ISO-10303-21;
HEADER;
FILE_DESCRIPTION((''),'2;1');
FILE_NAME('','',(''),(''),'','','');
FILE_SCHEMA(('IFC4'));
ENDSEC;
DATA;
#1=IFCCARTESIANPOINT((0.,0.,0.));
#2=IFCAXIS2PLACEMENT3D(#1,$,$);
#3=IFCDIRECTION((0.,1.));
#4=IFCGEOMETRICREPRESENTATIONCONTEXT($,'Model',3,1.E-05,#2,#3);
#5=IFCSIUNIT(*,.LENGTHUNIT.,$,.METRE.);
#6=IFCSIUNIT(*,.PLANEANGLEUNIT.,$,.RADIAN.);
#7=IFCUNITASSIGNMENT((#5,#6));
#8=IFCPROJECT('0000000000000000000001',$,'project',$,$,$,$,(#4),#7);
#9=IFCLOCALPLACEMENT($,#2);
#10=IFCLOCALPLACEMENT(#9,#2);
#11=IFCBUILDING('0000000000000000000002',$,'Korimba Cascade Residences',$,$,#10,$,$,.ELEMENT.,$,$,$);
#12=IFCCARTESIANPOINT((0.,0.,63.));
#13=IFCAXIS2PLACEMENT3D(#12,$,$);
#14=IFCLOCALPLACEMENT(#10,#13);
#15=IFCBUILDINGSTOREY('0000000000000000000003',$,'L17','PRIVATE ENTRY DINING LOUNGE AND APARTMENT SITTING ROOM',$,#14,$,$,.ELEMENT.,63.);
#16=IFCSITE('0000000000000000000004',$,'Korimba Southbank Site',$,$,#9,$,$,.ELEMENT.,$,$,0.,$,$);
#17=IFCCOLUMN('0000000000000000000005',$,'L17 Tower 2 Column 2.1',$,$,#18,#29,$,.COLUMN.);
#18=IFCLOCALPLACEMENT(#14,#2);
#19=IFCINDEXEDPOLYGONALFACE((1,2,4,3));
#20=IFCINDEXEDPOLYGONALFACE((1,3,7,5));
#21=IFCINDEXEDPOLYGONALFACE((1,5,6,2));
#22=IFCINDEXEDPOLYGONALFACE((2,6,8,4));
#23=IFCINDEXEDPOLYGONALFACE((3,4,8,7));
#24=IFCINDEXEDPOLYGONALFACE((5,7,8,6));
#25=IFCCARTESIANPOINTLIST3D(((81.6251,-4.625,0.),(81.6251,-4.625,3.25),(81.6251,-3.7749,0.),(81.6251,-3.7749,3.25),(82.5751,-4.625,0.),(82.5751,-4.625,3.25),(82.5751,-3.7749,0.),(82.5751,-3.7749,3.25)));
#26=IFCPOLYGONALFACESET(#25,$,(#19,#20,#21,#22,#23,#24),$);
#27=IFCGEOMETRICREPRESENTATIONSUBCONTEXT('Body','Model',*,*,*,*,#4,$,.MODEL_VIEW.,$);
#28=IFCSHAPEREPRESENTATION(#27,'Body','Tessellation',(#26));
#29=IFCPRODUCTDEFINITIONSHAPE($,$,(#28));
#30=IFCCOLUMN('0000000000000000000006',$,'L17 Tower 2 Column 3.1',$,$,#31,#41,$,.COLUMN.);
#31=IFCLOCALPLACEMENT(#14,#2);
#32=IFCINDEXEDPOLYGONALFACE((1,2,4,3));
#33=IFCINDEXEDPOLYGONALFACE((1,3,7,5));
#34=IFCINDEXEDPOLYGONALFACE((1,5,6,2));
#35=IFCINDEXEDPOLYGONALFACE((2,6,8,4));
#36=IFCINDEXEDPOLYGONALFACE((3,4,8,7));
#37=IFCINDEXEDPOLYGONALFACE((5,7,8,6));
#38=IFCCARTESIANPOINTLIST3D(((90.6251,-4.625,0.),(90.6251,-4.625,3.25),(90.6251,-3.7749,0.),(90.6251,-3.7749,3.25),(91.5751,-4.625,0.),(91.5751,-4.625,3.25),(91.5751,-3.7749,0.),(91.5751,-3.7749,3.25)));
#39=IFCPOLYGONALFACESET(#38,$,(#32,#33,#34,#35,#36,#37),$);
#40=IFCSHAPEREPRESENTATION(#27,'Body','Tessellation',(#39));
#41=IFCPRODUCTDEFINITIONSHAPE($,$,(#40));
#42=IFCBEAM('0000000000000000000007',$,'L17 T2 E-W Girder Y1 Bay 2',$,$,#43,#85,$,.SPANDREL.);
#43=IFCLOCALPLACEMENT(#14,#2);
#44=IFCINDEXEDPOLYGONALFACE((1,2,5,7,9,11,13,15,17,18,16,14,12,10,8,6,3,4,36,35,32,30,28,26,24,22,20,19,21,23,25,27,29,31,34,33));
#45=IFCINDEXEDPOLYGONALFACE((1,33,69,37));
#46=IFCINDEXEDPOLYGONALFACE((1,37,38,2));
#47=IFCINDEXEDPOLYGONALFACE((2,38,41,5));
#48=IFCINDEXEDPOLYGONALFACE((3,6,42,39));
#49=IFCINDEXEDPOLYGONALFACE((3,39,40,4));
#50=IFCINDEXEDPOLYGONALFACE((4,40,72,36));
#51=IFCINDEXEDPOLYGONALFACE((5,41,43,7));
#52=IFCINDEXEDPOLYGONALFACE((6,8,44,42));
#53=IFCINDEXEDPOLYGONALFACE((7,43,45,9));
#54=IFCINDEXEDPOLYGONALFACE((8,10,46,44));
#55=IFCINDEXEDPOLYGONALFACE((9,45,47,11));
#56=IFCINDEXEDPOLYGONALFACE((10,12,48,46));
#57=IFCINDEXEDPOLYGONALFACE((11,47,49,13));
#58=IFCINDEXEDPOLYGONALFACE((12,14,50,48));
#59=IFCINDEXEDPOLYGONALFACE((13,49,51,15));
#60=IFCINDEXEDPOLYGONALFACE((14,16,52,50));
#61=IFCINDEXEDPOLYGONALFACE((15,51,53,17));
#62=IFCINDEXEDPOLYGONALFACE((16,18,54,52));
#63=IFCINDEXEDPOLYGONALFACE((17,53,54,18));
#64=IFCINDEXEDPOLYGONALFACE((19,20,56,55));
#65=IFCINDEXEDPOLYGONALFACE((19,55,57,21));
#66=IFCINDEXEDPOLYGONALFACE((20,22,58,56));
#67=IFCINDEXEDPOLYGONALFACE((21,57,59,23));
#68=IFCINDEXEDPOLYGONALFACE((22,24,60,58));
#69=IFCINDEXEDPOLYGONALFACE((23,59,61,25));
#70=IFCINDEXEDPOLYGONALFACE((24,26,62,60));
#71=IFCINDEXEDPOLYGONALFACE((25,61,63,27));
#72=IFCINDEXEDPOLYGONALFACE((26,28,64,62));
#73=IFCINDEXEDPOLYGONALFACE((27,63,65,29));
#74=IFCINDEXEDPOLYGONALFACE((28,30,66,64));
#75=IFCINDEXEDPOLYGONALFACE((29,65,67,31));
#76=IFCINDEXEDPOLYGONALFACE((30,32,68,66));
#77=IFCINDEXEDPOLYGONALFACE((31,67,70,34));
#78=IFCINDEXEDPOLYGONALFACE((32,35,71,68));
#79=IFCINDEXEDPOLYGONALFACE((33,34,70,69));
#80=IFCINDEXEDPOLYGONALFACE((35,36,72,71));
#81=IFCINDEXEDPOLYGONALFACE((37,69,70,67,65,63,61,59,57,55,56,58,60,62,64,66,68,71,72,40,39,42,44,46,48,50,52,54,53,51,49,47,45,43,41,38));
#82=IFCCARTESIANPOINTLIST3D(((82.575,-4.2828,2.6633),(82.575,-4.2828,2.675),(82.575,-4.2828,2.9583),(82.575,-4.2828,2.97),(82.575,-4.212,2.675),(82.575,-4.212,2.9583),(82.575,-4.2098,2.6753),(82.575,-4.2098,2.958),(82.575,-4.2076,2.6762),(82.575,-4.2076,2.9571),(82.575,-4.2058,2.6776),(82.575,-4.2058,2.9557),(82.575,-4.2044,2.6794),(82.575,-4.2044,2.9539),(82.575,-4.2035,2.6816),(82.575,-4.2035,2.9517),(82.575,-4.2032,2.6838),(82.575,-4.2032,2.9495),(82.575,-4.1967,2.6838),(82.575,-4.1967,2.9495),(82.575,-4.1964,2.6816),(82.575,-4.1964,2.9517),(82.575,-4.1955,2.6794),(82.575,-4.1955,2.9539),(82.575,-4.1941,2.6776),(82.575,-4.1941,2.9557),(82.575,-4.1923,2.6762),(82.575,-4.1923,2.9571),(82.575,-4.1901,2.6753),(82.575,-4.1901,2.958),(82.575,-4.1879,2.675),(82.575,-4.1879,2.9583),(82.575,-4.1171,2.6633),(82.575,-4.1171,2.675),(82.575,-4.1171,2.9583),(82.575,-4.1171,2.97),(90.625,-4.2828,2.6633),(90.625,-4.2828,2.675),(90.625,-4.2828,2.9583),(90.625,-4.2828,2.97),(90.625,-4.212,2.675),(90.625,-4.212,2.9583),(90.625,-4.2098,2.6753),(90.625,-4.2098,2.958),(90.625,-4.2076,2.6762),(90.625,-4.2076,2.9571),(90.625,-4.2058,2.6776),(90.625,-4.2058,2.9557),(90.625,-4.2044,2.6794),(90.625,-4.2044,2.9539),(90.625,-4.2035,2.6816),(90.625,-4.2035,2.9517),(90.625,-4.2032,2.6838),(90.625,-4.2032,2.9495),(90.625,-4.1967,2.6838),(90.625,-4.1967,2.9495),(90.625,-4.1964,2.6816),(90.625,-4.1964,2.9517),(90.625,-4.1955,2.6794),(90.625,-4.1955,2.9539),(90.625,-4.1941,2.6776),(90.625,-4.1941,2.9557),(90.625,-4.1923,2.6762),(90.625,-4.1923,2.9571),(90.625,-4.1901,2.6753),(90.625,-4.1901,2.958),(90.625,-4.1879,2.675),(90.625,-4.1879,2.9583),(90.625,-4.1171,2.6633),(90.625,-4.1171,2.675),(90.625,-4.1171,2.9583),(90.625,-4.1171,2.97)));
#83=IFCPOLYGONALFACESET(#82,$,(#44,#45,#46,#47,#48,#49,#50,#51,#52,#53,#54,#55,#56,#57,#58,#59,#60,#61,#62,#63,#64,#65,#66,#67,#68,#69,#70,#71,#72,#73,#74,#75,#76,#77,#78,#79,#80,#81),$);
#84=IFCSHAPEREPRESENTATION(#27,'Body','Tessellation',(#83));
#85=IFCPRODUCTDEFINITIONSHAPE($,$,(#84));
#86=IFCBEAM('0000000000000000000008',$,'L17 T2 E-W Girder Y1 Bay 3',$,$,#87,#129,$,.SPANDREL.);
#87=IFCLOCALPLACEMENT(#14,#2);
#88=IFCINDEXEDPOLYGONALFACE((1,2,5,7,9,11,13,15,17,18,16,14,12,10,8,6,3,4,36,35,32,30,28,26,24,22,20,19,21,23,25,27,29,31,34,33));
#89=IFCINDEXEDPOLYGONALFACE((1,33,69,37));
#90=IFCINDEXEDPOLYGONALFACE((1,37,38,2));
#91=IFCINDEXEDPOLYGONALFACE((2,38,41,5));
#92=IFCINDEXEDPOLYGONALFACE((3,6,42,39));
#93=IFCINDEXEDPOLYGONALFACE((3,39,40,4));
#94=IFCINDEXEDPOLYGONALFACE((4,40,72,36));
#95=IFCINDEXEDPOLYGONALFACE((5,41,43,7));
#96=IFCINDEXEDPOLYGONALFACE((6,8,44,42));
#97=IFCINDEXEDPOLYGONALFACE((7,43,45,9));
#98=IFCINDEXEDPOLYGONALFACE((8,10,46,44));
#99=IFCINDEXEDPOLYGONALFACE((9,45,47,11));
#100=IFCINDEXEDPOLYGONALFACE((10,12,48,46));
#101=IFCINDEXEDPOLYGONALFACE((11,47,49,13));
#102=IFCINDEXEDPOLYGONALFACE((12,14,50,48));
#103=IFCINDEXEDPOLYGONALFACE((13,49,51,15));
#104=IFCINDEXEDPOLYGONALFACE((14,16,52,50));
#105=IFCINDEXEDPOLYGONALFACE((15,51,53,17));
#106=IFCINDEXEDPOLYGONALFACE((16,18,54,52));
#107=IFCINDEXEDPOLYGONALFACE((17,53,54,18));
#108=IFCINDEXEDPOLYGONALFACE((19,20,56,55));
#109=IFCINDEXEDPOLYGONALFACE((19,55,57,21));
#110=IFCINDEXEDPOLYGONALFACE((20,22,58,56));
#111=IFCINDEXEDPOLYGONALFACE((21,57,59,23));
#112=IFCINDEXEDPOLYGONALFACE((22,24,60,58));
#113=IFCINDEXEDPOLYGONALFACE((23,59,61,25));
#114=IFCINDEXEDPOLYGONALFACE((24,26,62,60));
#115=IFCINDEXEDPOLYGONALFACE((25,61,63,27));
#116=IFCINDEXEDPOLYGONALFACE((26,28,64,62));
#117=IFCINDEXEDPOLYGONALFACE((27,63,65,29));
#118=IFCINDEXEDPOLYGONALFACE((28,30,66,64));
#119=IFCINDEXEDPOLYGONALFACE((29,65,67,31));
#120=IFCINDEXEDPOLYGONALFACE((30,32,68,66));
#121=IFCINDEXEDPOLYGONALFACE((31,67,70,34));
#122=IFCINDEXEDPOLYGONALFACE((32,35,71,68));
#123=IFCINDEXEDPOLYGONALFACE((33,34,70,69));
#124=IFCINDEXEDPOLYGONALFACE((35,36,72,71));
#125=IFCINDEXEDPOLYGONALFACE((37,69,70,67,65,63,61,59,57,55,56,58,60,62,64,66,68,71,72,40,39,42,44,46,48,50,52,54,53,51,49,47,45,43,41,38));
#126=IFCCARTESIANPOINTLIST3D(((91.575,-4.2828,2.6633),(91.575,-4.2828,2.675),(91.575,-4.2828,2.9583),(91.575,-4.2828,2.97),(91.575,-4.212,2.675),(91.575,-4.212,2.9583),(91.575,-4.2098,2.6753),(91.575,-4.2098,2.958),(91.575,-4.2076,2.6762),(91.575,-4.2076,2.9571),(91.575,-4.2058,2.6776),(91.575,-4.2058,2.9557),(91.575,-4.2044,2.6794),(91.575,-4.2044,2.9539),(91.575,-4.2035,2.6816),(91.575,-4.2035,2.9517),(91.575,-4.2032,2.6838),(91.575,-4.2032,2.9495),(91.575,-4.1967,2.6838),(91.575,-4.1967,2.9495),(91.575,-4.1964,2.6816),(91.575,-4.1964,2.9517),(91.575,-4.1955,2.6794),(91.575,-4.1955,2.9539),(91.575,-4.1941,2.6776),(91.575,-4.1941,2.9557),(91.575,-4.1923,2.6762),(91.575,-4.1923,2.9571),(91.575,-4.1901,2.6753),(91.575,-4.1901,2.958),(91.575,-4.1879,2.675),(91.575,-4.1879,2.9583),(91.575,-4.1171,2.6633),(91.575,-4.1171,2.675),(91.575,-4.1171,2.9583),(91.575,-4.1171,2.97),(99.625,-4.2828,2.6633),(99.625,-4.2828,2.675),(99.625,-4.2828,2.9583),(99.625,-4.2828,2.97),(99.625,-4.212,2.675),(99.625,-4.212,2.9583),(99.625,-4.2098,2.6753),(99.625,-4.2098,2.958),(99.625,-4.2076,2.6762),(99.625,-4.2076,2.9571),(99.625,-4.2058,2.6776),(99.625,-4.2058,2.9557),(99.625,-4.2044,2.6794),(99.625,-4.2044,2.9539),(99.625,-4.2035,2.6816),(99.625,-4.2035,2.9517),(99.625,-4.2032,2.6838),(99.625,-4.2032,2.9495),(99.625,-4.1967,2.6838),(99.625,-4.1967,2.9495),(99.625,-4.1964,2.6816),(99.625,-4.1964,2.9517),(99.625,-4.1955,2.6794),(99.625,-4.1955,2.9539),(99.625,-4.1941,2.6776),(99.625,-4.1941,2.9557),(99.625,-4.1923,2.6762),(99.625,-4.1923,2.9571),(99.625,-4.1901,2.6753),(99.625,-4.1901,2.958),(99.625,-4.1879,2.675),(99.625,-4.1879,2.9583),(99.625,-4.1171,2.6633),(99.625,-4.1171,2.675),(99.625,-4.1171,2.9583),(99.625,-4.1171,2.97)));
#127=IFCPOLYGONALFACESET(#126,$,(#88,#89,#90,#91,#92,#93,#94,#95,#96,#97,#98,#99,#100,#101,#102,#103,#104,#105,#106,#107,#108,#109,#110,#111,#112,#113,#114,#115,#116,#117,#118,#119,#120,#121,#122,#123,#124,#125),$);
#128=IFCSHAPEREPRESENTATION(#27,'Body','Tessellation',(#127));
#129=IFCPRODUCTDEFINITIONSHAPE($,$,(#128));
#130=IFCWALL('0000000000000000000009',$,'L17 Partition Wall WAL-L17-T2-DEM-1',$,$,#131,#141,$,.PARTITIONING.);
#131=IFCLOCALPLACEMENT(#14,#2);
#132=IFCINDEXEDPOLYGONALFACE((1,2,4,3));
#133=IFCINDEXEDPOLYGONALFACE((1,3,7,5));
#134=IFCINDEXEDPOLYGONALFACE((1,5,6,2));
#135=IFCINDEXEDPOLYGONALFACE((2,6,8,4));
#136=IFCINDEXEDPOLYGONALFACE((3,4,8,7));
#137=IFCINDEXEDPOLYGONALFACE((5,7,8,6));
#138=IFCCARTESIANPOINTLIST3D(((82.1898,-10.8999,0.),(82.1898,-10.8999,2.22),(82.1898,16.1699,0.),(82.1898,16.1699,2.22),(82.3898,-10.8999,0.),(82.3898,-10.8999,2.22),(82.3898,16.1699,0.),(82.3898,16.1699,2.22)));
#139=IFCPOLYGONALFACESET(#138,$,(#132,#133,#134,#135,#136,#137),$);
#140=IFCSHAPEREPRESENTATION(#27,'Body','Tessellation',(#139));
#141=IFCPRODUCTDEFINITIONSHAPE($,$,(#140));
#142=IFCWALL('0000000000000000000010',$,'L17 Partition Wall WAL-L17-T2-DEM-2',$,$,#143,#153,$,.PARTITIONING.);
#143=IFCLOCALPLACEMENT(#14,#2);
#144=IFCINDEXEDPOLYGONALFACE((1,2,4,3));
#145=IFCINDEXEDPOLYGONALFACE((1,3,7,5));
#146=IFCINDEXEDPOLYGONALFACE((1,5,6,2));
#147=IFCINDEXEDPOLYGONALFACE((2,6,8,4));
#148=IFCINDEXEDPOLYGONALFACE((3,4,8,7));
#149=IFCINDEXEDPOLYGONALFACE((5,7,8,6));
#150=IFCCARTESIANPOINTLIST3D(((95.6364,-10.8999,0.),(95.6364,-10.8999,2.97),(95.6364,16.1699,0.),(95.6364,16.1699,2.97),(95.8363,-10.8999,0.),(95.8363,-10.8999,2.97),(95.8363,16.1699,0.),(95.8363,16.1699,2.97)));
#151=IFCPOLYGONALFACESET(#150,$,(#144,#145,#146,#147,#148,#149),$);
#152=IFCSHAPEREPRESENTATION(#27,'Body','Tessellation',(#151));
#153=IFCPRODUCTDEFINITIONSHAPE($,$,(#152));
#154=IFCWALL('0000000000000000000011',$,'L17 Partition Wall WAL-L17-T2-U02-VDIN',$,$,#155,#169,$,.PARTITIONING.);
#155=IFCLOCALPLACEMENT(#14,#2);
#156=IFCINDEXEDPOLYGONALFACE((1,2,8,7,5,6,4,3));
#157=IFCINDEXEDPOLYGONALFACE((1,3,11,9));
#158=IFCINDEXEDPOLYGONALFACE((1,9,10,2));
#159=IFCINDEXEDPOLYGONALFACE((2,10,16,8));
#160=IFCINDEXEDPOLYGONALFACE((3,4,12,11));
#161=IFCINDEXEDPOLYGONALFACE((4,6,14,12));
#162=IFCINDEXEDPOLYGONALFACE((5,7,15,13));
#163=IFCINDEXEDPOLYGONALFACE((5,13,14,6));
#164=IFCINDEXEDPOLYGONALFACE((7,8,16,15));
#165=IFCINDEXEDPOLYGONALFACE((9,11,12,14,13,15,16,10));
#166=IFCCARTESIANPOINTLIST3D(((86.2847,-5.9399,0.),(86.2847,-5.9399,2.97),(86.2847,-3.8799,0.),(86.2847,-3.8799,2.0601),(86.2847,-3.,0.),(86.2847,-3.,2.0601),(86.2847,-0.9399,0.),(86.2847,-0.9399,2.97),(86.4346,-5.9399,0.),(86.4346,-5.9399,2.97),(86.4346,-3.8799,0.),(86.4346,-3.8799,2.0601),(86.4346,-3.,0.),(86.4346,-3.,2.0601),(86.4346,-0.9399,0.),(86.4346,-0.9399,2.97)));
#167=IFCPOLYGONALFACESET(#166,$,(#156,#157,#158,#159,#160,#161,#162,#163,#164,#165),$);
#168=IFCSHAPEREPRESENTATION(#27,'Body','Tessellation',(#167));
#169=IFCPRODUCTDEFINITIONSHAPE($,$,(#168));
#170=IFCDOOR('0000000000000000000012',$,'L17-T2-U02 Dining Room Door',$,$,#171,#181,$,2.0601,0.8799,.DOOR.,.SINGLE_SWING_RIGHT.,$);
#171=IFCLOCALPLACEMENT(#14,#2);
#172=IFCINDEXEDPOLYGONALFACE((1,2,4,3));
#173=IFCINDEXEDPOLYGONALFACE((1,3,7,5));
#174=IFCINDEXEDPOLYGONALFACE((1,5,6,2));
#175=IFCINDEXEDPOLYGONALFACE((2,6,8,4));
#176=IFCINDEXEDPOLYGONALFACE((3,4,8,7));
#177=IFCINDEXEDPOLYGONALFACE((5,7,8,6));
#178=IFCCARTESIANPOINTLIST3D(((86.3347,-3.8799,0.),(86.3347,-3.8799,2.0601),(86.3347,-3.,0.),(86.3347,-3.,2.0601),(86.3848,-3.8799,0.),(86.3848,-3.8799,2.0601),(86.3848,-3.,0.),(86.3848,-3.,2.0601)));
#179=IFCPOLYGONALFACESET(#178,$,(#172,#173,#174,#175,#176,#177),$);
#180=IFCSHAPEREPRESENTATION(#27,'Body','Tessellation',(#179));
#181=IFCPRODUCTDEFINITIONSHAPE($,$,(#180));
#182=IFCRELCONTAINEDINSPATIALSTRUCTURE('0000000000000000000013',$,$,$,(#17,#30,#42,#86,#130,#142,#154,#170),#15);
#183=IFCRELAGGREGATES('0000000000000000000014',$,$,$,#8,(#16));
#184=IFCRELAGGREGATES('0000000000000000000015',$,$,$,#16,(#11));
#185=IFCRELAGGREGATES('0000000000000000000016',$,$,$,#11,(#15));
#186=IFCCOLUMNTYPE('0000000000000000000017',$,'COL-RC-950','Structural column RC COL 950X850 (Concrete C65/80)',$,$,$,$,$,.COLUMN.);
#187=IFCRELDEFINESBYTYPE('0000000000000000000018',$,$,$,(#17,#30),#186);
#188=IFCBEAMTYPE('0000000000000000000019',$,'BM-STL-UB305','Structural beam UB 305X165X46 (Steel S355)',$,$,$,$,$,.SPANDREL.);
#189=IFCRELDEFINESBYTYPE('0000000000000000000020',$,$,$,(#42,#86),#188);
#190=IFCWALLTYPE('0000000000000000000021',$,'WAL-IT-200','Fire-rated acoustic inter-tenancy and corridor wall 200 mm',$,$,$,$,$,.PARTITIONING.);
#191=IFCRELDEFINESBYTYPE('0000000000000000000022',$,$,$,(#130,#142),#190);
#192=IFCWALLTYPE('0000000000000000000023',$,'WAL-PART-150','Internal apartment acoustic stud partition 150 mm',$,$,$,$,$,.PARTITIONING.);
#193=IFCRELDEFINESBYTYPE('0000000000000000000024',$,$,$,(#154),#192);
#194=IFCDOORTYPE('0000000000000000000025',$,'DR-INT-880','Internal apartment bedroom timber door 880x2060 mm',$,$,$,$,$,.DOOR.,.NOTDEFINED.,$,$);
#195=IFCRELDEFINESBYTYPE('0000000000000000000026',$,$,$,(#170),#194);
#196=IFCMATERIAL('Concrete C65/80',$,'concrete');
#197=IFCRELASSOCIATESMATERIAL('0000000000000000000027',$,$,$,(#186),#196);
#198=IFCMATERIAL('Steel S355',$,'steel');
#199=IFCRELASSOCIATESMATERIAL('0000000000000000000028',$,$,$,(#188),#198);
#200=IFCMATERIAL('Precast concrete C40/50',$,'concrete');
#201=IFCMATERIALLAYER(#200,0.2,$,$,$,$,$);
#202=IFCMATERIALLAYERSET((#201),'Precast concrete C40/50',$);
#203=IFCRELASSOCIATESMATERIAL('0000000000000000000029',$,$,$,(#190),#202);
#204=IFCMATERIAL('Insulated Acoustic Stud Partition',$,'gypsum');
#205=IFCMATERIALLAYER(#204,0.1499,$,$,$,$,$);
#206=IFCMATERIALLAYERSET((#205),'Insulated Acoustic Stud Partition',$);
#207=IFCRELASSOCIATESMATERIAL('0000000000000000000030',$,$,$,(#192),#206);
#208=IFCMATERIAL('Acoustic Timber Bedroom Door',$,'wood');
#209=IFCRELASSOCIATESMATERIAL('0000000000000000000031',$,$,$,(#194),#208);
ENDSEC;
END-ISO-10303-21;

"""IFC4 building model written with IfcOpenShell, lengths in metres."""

from ifc_helpers import new_model, si_unit, direction, frame, frame_2d, origin, origin_2d, place, context, subcontext, project, spatial, rectangle, i_section, extrude, material, layer, layer_set, material_profile, profile_set, type_object, element, fill, save


model = new_model("IFC4")

# Units and contexts
model_context = context("Model", 3, precision=1e-05, world=origin(), true_north=direction((0.0, 1.0)))
body_context = subcontext(model_context, "Body", "Model", "MODEL_VIEW")
ifc_project = project(units=[si_unit("LENGTHUNIT", "METRE"), si_unit("PLANEANGLEUNIT", "RADIAN")], contexts=[model_context])

# Site, building, storey
site_placement = place(None, origin())
site = spatial("IfcSite", under=ifc_project, at=site_placement, Name="Korimba Southbank Site", CompositionType="ELEMENT", RefElevation=0.0)
building_placement = place(site_placement, origin())
building = spatial("IfcBuilding", under=site, at=building_placement, Name="Korimba Cascade Residences", CompositionType="ELEMENT")
storey_placement = place(building_placement, frame((0.0, 0.0, 63.0)))
storey = spatial("IfcBuildingStorey", under=building, at=storey_placement, Name="L17", Description="PRIVATE ENTRY DINING LOUNGE AND APARTMENT SITTING ROOM", CompositionType="ELEMENT", Elevation=63.0)

# Columns
ifc_material_1 = material(Name="Concrete C65/80", Category="concrete")
ifc_material_profile_1 = material_profile(ifc_material_1, rectangle(XDim=0.95, YDim=0.8501, at=origin_2d()), Name="Concrete C65/80")
ifc_profile_set_1 = profile_set([ifc_material_profile_1], Name="Concrete C65/80")
column_type = type_object("IfcColumnType", Name="COL-RC-950", Description="Structural column RC COL 950X850 (Concrete C65/80)", PredefinedType="COLUMN", material=ifc_profile_set_1)
for number, where, z_axis, x_axis, name in (
    (1, (82.1001, -4.2, 0.0), (0.0, 0.0, 1.0), (1.0, 0.0, 0.0), "L17 Tower 2 Column 2.1"),
    (2, (91.1001, -4.2, 0.0), (0.0, 0.0, 1.0), (1.0, 0.0, 0.0), "L17 Tower 2 Column 3.1"),
):
    element("IfcColumn", number, at=place(storey_placement, frame(where, z_axis=z_axis, x_axis=x_axis)), inside=storey, type_object=column_type, Name=name, PredefinedType="COLUMN", context=body_context, shape_type="SweptSolid", body=[
        extrude(rectangle(XDim=0.95, YDim=0.8501, at=origin_2d()), origin(), (0.0, 0.0, 1.0), 3.25),
    ])

# Beams
ifc_material_2 = material(Name="Steel S355", Category="steel")
ifc_material_profile_2 = material_profile(ifc_material_2, i_section(OverallWidth=0.1658, OverallDepth=0.3066, WebThickness=0.0066, FlangeThickness=0.0117, FilletRadius=0.0088, at=origin_2d()), Name="Steel S355")
ifc_profile_set_2 = profile_set([ifc_material_profile_2], Name="Steel S355")
beam_type = type_object("IfcBeamType", Name="BM-STL-UB305", Description="Structural beam UB 305X165X46 (Steel S355)", PredefinedType="SPANDREL", material=ifc_profile_set_2)
for number, where, z_axis, x_axis, name in (
    (3, (82.575, -4.2, 2.8167), (1.0, 0.0, 0.0), (0.0, 1.0, 0.0), "L17 T2 E-W Girder Y1 Bay 2"),
    (4, (91.575, -4.2, 2.8167), (1.0, 0.0, 0.0), (0.0, 1.0, 0.0), "L17 T2 E-W Girder Y1 Bay 3"),
):
    element("IfcBeam", number, at=place(storey_placement, frame(where, z_axis=z_axis, x_axis=x_axis)), inside=storey, type_object=beam_type, Name=name, PredefinedType="SPANDREL", context=body_context, shape_type="SweptSolid", body=[
        extrude(i_section(OverallWidth=0.1658, OverallDepth=0.3066, WebThickness=0.0066, FlangeThickness=0.0117, FilletRadius=0.0088, at=origin_2d()), origin(), (0.0, 0.0, 1.0), 8.05),
    ])

# Walls
ifc_material_3 = material(Name="Precast concrete C40/50", Category="concrete")
ifc_layer_1 = layer(ifc_material_3, 0.2)
ifc_layer_set_1 = layer_set([ifc_layer_1], Name="Precast concrete C40/50")
wall_type_1 = type_object("IfcWallType", Name="WAL-IT-200", Description="Fire-rated acoustic inter-tenancy and corridor wall 200 mm", PredefinedType="PARTITIONING", material=ifc_layer_set_1)
wall_1_placement = place(storey_placement, frame((82.2898, -10.8999, 0.0), z_axis=(0.0, 0.0, 1.0), x_axis=(0.0, 1.0, 0.0)))
element("IfcWall", 5, at=wall_1_placement, inside=storey, type_object=wall_type_1, Name="L17 Partition Wall WAL-L17-T2-DEM-1", PredefinedType="PARTITIONING", context=body_context, shape_type="SweptSolid", body=[
    extrude(rectangle(XDim=27.0698, YDim=0.2, at=frame_2d((13.5349, 0.0))), origin(), (0.0, 0.0, 1.0), 2.22),
])
wall_2_placement = place(storey_placement, frame((95.7363, -10.8999, 0.0), z_axis=(0.0, 0.0, 1.0), x_axis=(0.0, 1.0, 0.0)))
element("IfcWall", 6, at=wall_2_placement, inside=storey, type_object=wall_type_1, Name="L17 Partition Wall WAL-L17-T2-DEM-2", PredefinedType="PARTITIONING", context=body_context, shape_type="SweptSolid", body=[
    extrude(rectangle(XDim=27.0698, YDim=0.2, at=frame_2d((13.5349, 0.0))), origin(), (0.0, 0.0, 1.0), 2.97),
])

# Wall, opening, door
ifc_material_4 = material(Name="Insulated Acoustic Stud Partition", Category="gypsum")
ifc_layer_2 = layer(ifc_material_4, 0.1499)
ifc_layer_set_2 = layer_set([ifc_layer_2], Name="Insulated Acoustic Stud Partition")
wall_type_2 = type_object("IfcWallType", Name="WAL-PART-150", Description="Internal apartment acoustic stud partition 150 mm", PredefinedType="PARTITIONING", material=ifc_layer_set_2)
wall_3_placement = place(storey_placement, frame((86.3596, -5.9399, 0.0), z_axis=(0.0, 0.0, 1.0), x_axis=(0.0, 1.0, 0.0)))
wall_3 = element("IfcWall", 7, at=wall_3_placement, inside=storey, type_object=wall_type_2, Name="L17 Partition Wall WAL-L17-T2-U02-VDIN", PredefinedType="PARTITIONING", context=body_context, shape_type="SweptSolid", body=[
    extrude(rectangle(XDim=5.0, YDim=0.1499, at=frame_2d((2.5, 0.0))), origin(), (0.0, 0.0, 1.0), 2.97),
])
opening_1_placement = place(wall_3_placement, frame((2.0601, 0.0, 0.0)))
opening_1 = element("IfcOpeningElement", 8, at=opening_1_placement, cuts=wall_3, PredefinedType="OPENING", context=body_context, shape_type="SweptSolid", body=[
    extrude(rectangle(XDim=0.8799, YDim=2.0601, at=frame_2d((0.4399, 1.03))), frame((0.0, 0.085, 0.0), z_axis=(0.0, -1.0, 0.0), x_axis=(1.0, 0.0, 0.0)), (0.0, 0.0, 1.0), 0.1699),
])
ifc_material_5 = material(Name="Acoustic Timber Bedroom Door", Category="wood")
door_type_1 = type_object("IfcDoorType", Name="DR-INT-880", Description="Internal apartment bedroom timber door 880x2060 mm", OperationType="NOTDEFINED", PredefinedType="DOOR", material=ifc_material_5)
door_1_placement = place(opening_1_placement, origin())
door_1 = element("IfcDoor", 9, at=door_1_placement, inside=storey, type_object=door_type_1, Name="L17-T2-U02 Dining Room Door", OperationType="SINGLE_SWING_RIGHT", OverallHeight=2.0601, OverallWidth=0.8799, PredefinedType="DOOR", context=body_context, shape_type="SweptSolid", body=[
    extrude(rectangle(XDim=0.8799, YDim=2.0601, at=frame_2d((0.4399, 1.03))), frame((0.0, 0.0249, 0.0), z_axis=(0.0, -1.0, 0.0), x_axis=(1.0, 0.0, 0.0)), (0.0, 0.0, 1.0), 0.05),
])
fill(opening_1, door_1)

save(model, "model.ifc")
